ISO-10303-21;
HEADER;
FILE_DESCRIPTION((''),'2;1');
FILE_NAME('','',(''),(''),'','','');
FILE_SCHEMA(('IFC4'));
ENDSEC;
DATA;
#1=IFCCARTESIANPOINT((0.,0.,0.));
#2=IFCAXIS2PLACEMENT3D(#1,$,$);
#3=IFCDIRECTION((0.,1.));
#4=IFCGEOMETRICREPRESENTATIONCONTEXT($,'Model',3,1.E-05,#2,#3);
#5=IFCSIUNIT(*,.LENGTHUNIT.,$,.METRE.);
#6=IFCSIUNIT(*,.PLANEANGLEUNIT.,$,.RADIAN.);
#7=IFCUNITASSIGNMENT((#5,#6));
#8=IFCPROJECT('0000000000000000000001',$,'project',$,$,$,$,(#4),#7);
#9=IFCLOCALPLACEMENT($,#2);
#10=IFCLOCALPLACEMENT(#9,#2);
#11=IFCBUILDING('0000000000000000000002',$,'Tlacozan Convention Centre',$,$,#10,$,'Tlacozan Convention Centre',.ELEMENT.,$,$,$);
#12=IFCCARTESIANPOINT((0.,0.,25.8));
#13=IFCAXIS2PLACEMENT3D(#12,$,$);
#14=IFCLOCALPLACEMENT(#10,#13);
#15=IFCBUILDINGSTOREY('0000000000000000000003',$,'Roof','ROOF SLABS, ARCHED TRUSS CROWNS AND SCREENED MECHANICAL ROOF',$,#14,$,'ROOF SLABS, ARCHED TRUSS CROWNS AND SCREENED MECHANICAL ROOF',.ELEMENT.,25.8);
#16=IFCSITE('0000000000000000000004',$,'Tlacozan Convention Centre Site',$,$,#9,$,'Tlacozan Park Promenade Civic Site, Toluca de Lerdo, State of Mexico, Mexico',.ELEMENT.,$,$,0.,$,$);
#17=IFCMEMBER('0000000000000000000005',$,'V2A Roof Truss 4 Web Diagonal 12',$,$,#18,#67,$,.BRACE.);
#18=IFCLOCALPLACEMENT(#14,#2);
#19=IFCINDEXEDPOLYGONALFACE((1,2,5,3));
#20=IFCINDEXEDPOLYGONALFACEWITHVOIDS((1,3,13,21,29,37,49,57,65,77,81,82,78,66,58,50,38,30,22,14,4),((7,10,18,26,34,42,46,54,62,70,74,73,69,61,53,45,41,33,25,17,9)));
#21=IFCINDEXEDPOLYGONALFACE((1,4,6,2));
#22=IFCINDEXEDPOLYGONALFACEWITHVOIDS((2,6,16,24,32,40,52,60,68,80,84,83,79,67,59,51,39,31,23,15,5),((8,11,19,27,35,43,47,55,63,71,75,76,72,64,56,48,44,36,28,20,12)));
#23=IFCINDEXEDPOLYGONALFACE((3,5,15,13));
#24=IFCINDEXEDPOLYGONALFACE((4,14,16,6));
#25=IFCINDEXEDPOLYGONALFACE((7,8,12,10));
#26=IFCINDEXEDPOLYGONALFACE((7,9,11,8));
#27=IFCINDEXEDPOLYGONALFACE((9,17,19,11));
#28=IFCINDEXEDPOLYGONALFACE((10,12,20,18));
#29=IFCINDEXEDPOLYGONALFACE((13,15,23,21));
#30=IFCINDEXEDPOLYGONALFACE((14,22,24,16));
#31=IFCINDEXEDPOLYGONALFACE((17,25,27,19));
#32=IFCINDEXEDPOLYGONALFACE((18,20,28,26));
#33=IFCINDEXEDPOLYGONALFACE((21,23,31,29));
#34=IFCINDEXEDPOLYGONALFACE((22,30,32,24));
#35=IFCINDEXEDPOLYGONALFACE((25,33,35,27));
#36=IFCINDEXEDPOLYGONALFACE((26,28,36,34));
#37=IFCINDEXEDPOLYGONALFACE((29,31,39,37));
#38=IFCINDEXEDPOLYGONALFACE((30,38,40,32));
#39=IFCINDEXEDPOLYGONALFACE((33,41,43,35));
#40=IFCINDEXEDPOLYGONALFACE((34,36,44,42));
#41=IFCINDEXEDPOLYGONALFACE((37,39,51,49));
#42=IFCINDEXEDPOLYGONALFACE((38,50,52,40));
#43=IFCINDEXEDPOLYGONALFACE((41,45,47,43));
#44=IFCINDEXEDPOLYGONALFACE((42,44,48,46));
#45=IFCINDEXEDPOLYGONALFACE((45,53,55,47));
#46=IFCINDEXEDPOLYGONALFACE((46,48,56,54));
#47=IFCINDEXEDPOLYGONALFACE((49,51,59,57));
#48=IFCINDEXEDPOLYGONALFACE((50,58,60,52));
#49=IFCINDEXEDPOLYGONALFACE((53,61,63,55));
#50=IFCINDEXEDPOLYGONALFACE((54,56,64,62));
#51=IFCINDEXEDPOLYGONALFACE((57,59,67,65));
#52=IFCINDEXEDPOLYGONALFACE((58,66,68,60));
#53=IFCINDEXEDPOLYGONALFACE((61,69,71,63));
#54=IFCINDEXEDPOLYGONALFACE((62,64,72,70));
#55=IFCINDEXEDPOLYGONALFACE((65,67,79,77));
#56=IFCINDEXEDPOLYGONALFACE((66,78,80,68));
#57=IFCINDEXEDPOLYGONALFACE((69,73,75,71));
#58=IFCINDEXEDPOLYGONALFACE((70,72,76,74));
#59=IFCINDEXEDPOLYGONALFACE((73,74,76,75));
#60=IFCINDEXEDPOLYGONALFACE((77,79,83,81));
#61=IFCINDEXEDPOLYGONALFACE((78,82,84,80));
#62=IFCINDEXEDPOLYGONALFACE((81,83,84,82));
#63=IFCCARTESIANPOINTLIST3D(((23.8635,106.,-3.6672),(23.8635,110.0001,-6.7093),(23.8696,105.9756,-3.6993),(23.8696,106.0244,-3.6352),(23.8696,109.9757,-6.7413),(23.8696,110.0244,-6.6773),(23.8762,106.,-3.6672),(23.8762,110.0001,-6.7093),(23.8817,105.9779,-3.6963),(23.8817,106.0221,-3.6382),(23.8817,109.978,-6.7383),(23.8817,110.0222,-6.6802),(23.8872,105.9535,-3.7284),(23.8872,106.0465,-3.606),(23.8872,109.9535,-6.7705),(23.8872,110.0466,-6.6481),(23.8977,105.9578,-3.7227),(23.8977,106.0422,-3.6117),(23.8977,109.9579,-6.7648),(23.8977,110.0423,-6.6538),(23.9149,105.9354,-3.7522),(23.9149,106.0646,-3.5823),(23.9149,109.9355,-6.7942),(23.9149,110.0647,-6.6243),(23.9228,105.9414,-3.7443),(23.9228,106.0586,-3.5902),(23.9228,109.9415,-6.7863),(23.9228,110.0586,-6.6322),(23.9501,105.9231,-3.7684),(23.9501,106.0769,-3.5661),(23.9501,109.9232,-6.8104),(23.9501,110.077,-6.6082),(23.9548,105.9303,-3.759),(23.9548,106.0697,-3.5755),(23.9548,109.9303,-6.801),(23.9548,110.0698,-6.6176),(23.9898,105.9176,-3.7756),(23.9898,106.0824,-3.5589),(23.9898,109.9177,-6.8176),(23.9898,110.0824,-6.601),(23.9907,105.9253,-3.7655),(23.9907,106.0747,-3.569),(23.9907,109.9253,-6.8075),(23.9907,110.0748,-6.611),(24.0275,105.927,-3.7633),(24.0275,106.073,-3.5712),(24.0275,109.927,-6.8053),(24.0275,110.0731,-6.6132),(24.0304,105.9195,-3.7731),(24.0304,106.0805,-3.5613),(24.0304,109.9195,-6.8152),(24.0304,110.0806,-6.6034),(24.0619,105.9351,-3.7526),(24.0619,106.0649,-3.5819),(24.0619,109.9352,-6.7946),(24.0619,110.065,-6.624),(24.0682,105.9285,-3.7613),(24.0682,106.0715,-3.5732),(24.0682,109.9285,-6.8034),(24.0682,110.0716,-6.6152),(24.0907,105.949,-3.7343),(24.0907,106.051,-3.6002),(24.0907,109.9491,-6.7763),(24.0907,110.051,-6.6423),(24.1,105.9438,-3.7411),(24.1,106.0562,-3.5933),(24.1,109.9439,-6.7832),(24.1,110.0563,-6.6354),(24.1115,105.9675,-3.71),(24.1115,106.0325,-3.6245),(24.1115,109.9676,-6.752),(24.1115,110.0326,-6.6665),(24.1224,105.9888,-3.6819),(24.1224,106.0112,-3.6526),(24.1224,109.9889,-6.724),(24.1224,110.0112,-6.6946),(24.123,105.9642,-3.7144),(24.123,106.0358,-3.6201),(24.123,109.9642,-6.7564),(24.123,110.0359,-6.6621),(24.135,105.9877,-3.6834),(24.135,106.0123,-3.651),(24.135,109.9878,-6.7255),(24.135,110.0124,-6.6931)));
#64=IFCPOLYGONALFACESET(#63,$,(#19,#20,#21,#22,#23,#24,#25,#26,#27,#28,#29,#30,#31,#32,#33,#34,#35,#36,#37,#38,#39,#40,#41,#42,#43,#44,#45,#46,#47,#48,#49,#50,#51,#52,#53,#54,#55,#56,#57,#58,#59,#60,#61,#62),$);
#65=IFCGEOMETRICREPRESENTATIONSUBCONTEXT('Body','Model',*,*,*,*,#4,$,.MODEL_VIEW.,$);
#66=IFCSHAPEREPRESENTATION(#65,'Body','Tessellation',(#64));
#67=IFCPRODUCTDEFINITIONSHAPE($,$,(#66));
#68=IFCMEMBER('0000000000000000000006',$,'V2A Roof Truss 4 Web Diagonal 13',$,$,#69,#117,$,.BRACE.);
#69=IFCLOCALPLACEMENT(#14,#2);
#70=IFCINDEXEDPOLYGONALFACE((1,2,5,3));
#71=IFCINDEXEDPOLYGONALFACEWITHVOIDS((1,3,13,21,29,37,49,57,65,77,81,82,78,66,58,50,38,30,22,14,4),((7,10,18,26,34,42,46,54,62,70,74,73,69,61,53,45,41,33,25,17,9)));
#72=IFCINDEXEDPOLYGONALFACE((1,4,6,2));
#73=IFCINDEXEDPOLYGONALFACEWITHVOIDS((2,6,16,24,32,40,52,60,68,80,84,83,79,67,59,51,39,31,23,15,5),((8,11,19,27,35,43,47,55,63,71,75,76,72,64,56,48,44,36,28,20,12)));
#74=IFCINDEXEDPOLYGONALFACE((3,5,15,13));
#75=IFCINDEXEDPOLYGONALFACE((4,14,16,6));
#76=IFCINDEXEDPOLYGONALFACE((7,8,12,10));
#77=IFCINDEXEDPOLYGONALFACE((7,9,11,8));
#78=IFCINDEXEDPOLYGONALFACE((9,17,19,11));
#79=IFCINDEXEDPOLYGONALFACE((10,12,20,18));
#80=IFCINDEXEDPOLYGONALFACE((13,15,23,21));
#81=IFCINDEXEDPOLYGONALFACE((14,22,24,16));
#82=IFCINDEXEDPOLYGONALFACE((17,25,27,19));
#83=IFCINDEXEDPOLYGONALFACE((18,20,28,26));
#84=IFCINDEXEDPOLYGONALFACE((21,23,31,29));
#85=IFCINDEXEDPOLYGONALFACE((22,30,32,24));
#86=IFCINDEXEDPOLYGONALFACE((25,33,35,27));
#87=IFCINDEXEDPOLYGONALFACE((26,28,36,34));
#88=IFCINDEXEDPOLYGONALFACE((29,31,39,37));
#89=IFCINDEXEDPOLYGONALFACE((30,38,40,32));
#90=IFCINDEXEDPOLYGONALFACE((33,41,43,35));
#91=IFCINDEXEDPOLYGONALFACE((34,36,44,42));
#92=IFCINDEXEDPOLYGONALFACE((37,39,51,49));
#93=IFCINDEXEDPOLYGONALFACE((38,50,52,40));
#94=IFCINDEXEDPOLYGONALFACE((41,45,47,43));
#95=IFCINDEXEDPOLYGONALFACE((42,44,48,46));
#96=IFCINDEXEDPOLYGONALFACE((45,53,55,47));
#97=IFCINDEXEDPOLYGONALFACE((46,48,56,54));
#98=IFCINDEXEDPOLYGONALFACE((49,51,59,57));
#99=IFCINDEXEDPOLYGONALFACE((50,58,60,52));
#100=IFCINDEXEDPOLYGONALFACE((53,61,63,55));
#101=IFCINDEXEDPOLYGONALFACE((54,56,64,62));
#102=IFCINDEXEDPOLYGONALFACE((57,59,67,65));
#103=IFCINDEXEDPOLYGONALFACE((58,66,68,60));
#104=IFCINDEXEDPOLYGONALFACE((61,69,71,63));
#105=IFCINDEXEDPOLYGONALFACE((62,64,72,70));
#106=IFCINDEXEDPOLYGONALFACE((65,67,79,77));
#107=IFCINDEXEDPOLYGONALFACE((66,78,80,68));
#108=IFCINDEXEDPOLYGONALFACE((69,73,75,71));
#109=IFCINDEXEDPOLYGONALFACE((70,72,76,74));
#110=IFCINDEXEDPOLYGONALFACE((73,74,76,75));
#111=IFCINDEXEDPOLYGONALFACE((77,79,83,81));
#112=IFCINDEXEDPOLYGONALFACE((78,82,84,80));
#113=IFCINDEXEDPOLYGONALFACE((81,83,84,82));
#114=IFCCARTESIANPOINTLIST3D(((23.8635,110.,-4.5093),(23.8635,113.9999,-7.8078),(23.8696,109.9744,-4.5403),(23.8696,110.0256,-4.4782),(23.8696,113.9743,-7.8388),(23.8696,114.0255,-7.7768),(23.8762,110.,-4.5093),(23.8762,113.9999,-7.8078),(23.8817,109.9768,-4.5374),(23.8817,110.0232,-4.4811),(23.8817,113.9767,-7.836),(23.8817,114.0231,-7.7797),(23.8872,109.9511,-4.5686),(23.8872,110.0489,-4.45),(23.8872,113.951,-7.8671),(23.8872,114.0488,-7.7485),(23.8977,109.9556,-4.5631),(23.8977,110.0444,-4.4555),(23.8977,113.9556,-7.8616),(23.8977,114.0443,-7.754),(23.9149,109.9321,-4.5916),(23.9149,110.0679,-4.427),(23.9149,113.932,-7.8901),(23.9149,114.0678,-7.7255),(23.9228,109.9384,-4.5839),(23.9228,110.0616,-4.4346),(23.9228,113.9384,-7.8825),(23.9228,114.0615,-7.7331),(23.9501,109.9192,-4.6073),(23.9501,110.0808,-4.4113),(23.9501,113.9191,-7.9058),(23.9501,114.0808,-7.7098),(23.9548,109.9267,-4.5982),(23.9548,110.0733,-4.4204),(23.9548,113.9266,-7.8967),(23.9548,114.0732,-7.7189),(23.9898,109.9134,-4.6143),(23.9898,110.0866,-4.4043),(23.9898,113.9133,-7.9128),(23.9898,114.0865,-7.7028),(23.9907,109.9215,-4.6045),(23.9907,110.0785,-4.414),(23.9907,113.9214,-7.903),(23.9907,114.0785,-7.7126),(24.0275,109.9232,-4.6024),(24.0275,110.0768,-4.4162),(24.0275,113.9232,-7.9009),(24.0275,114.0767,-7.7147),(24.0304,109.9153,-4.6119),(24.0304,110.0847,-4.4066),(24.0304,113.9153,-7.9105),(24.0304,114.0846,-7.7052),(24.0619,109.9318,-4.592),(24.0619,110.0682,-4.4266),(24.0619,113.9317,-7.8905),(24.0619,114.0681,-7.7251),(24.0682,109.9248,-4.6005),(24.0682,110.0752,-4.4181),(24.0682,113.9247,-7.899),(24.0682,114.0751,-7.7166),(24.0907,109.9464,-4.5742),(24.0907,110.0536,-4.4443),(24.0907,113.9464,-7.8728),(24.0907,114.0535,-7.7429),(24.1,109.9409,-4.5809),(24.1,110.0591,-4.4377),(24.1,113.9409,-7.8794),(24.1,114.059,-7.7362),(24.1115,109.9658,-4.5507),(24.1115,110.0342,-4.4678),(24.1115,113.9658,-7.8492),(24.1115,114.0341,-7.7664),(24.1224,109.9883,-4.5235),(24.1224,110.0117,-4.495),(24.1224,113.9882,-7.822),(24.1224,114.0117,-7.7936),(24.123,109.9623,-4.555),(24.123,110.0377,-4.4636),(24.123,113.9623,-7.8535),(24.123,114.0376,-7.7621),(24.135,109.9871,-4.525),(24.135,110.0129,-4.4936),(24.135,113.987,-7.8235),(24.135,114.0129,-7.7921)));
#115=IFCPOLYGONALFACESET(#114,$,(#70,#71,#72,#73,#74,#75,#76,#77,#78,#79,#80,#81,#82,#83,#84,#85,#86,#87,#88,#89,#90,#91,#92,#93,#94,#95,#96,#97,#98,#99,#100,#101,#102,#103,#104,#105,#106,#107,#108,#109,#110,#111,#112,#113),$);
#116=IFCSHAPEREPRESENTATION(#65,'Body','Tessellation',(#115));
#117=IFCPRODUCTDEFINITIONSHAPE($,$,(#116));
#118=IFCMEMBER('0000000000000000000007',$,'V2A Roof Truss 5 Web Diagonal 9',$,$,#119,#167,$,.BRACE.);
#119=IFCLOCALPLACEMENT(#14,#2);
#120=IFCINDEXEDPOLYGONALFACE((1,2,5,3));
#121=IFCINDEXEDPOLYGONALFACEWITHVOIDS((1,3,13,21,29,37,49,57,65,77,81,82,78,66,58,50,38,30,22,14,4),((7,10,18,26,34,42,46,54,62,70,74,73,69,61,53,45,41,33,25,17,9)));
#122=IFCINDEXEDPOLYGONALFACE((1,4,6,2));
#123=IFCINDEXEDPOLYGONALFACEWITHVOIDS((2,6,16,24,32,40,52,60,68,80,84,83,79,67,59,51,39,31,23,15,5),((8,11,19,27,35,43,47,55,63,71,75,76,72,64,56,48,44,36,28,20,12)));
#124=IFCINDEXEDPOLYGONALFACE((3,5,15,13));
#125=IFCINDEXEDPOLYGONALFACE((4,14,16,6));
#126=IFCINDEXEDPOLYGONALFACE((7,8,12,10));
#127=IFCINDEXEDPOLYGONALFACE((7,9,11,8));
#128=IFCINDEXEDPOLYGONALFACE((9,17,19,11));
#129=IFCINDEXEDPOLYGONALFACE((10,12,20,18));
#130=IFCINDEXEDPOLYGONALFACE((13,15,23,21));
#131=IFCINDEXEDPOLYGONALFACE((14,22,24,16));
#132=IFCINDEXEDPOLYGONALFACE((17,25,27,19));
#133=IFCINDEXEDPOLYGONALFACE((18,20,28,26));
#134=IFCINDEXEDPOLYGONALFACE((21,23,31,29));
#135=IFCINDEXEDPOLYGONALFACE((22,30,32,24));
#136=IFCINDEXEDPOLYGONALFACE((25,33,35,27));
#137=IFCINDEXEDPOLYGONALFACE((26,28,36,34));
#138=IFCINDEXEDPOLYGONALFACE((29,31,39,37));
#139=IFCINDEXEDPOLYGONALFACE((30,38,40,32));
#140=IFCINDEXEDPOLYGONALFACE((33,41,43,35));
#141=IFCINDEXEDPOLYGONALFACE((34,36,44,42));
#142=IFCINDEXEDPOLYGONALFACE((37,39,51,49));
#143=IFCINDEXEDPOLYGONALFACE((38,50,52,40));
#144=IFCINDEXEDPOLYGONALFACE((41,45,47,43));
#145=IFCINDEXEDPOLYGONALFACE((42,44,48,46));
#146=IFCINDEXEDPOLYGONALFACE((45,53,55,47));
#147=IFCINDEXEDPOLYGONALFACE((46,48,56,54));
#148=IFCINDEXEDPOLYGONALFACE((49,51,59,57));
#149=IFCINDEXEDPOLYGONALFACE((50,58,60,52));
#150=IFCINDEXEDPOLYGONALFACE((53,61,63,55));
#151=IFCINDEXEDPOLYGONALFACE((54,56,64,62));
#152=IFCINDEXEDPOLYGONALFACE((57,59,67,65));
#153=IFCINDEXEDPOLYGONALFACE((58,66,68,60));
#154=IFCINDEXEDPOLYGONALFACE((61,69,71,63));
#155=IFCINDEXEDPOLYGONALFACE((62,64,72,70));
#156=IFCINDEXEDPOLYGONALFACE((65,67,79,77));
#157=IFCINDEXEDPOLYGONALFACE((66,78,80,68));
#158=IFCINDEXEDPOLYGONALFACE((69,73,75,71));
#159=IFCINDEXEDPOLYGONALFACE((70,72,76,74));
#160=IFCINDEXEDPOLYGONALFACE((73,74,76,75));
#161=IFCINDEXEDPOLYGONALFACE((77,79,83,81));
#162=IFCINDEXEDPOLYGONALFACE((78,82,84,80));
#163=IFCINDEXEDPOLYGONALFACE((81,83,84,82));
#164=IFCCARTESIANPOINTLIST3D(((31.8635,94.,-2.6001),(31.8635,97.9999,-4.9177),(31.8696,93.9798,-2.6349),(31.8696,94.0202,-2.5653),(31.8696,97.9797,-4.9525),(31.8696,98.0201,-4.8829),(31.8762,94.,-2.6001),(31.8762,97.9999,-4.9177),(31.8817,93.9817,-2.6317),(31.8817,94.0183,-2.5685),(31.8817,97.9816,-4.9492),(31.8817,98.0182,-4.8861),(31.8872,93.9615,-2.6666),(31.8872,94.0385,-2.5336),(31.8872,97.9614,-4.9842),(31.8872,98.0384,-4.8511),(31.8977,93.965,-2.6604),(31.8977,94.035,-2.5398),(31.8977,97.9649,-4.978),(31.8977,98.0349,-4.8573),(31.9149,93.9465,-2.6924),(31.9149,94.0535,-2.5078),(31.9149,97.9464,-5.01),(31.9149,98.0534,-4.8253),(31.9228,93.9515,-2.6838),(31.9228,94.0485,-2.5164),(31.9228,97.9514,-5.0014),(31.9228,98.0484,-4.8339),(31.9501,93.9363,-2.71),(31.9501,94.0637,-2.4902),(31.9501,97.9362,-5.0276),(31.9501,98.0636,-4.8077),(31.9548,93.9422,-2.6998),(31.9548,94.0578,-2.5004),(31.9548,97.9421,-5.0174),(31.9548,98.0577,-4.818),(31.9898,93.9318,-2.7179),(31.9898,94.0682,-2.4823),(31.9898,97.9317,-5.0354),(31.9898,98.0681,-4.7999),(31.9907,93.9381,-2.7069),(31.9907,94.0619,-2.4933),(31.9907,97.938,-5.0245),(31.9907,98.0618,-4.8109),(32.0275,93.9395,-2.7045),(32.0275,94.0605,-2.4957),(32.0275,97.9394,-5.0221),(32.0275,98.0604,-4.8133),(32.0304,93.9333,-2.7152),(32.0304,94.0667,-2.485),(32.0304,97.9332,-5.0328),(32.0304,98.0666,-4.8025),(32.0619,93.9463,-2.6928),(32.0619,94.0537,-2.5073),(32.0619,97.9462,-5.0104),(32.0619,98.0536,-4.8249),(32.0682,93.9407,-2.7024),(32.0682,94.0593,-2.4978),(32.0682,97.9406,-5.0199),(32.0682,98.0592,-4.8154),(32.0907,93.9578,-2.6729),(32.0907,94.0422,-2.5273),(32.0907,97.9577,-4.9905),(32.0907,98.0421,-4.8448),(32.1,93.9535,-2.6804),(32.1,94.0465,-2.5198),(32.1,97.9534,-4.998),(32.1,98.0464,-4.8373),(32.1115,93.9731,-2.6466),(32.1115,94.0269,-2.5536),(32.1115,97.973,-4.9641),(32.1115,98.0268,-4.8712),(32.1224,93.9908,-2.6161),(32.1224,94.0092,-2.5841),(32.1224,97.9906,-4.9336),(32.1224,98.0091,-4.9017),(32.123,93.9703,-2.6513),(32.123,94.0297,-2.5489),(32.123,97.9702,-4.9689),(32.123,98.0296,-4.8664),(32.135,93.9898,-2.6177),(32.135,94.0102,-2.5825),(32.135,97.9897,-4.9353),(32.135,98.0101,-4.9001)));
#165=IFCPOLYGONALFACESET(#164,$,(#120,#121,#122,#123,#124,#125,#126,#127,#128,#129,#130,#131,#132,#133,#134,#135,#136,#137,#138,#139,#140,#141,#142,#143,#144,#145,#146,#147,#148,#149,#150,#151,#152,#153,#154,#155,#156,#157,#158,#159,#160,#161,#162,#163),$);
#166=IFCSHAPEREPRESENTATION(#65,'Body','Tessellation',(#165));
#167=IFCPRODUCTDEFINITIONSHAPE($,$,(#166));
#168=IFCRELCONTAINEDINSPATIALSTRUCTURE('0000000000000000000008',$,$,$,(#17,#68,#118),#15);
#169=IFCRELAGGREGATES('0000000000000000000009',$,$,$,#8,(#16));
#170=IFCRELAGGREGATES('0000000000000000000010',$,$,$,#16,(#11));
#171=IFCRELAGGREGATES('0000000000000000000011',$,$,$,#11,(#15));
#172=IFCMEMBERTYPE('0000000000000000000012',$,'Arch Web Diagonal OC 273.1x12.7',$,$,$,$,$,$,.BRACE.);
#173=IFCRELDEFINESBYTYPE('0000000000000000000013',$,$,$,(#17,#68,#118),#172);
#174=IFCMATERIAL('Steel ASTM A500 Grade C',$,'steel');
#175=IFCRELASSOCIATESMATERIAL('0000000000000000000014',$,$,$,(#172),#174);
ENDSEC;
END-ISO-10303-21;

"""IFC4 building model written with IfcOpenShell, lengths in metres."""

from ifc_helpers import new_model, si_unit, direction, frame, origin, origin_2d, place, context, subcontext, project, spatial, hollow_circle, extrude, material, material_profile, profile_set, type_object, element, save


model = new_model("IFC4")

# Units and contexts
model_context = context("Model", 3, precision=1e-05, world=origin(), true_north=direction((0.0, 1.0)))
body_context = subcontext(model_context, "Body", "Model", "MODEL_VIEW")
ifc_project = project(units=[si_unit("LENGTHUNIT", "METRE"), si_unit("PLANEANGLEUNIT", "RADIAN")], contexts=[model_context])

# Site, building, storey
site_placement = place(None, origin())
site = spatial("IfcSite", under=ifc_project, at=site_placement, Name="Tlacozan Convention Centre Site", LongName="Tlacozan Park Promenade Civic Site, Toluca de Lerdo, State of Mexico, Mexico", CompositionType="ELEMENT", RefElevation=0.0)
building_placement = place(site_placement, origin())
building = spatial("IfcBuilding", under=site, at=building_placement, Name="Tlacozan Convention Centre", LongName="Tlacozan Convention Centre", CompositionType="ELEMENT")
storey_placement = place(building_placement, frame((0.0, 0.0, 25.8)))
storey = spatial("IfcBuildingStorey", under=building, at=storey_placement, Name="Roof", Description="ROOF SLABS, ARCHED TRUSS CROWNS AND SCREENED MECHANICAL ROOF", LongName="ROOF SLABS, ARCHED TRUSS CROWNS AND SCREENED MECHANICAL ROOF", CompositionType="ELEMENT", Elevation=25.8)

# Members
ifc_material_1 = material(Name="Steel ASTM A500 Grade C", Category="steel")
ifc_material_profile_1 = material_profile(ifc_material_1, hollow_circle(Radius=0.1365, WallThickness=0.0127, at=origin_2d()), Name="OC 273.1x12.7")
ifc_profile_set_1 = profile_set([ifc_material_profile_1], Name="Steel ASTM A500 Grade C")
member_type_1 = type_object("IfcMemberType", Name="Arch Web Diagonal OC 273.1x12.7", PredefinedType="BRACE", material=ifc_profile_set_1)
member_1_placement = place(storey_placement, frame((24.0, 106.0, -3.6672), z_axis=(0.0, 0.795971, -0.605335), x_axis=(-1.0, 0.0, 0.0)))
element("IfcMember", 1, at=member_1_placement, inside=storey, type_object=member_type_1, Name="V2A Roof Truss 4 Web Diagonal 12", PredefinedType="BRACE", context=body_context, shape_type="SweptSolid", body=[
    extrude(hollow_circle(Radius=0.1365, WallThickness=0.0127, at=origin_2d()), origin(), (0.0, 0.0, 1.0), 5.0254),
])
member_2_placement = place(storey_placement, frame((24.0, 110.0, -4.5093), z_axis=(0.0, 0.771507, -0.63622), x_axis=(-1.0, 0.0, 0.0)))
element("IfcMember", 2, at=member_2_placement, inside=storey, type_object=member_type_1, Name="V2A Roof Truss 4 Web Diagonal 13", PredefinedType="BRACE", context=body_context, shape_type="SweptSolid", body=[
    extrude(hollow_circle(Radius=0.1365, WallThickness=0.0127, at=origin_2d()), origin(), (0.0, 0.0, 1.0), 5.1846),
])
member_3_placement = place(storey_placement, frame((32.0, 94.0, -2.6001), z_axis=(0.0, 0.865254, -0.501334), x_axis=(-1.0, 0.0, 0.0)))
element("IfcMember", 3, at=member_3_placement, inside=storey, type_object=member_type_1, Name="V2A Roof Truss 5 Web Diagonal 9", PredefinedType="BRACE", context=body_context, shape_type="SweptSolid", body=[
    extrude(hollow_circle(Radius=0.1365, WallThickness=0.0127, at=origin_2d()), origin(), (0.0, 0.0, 1.0), 4.6228),
])

save(model, "model.ifc")
